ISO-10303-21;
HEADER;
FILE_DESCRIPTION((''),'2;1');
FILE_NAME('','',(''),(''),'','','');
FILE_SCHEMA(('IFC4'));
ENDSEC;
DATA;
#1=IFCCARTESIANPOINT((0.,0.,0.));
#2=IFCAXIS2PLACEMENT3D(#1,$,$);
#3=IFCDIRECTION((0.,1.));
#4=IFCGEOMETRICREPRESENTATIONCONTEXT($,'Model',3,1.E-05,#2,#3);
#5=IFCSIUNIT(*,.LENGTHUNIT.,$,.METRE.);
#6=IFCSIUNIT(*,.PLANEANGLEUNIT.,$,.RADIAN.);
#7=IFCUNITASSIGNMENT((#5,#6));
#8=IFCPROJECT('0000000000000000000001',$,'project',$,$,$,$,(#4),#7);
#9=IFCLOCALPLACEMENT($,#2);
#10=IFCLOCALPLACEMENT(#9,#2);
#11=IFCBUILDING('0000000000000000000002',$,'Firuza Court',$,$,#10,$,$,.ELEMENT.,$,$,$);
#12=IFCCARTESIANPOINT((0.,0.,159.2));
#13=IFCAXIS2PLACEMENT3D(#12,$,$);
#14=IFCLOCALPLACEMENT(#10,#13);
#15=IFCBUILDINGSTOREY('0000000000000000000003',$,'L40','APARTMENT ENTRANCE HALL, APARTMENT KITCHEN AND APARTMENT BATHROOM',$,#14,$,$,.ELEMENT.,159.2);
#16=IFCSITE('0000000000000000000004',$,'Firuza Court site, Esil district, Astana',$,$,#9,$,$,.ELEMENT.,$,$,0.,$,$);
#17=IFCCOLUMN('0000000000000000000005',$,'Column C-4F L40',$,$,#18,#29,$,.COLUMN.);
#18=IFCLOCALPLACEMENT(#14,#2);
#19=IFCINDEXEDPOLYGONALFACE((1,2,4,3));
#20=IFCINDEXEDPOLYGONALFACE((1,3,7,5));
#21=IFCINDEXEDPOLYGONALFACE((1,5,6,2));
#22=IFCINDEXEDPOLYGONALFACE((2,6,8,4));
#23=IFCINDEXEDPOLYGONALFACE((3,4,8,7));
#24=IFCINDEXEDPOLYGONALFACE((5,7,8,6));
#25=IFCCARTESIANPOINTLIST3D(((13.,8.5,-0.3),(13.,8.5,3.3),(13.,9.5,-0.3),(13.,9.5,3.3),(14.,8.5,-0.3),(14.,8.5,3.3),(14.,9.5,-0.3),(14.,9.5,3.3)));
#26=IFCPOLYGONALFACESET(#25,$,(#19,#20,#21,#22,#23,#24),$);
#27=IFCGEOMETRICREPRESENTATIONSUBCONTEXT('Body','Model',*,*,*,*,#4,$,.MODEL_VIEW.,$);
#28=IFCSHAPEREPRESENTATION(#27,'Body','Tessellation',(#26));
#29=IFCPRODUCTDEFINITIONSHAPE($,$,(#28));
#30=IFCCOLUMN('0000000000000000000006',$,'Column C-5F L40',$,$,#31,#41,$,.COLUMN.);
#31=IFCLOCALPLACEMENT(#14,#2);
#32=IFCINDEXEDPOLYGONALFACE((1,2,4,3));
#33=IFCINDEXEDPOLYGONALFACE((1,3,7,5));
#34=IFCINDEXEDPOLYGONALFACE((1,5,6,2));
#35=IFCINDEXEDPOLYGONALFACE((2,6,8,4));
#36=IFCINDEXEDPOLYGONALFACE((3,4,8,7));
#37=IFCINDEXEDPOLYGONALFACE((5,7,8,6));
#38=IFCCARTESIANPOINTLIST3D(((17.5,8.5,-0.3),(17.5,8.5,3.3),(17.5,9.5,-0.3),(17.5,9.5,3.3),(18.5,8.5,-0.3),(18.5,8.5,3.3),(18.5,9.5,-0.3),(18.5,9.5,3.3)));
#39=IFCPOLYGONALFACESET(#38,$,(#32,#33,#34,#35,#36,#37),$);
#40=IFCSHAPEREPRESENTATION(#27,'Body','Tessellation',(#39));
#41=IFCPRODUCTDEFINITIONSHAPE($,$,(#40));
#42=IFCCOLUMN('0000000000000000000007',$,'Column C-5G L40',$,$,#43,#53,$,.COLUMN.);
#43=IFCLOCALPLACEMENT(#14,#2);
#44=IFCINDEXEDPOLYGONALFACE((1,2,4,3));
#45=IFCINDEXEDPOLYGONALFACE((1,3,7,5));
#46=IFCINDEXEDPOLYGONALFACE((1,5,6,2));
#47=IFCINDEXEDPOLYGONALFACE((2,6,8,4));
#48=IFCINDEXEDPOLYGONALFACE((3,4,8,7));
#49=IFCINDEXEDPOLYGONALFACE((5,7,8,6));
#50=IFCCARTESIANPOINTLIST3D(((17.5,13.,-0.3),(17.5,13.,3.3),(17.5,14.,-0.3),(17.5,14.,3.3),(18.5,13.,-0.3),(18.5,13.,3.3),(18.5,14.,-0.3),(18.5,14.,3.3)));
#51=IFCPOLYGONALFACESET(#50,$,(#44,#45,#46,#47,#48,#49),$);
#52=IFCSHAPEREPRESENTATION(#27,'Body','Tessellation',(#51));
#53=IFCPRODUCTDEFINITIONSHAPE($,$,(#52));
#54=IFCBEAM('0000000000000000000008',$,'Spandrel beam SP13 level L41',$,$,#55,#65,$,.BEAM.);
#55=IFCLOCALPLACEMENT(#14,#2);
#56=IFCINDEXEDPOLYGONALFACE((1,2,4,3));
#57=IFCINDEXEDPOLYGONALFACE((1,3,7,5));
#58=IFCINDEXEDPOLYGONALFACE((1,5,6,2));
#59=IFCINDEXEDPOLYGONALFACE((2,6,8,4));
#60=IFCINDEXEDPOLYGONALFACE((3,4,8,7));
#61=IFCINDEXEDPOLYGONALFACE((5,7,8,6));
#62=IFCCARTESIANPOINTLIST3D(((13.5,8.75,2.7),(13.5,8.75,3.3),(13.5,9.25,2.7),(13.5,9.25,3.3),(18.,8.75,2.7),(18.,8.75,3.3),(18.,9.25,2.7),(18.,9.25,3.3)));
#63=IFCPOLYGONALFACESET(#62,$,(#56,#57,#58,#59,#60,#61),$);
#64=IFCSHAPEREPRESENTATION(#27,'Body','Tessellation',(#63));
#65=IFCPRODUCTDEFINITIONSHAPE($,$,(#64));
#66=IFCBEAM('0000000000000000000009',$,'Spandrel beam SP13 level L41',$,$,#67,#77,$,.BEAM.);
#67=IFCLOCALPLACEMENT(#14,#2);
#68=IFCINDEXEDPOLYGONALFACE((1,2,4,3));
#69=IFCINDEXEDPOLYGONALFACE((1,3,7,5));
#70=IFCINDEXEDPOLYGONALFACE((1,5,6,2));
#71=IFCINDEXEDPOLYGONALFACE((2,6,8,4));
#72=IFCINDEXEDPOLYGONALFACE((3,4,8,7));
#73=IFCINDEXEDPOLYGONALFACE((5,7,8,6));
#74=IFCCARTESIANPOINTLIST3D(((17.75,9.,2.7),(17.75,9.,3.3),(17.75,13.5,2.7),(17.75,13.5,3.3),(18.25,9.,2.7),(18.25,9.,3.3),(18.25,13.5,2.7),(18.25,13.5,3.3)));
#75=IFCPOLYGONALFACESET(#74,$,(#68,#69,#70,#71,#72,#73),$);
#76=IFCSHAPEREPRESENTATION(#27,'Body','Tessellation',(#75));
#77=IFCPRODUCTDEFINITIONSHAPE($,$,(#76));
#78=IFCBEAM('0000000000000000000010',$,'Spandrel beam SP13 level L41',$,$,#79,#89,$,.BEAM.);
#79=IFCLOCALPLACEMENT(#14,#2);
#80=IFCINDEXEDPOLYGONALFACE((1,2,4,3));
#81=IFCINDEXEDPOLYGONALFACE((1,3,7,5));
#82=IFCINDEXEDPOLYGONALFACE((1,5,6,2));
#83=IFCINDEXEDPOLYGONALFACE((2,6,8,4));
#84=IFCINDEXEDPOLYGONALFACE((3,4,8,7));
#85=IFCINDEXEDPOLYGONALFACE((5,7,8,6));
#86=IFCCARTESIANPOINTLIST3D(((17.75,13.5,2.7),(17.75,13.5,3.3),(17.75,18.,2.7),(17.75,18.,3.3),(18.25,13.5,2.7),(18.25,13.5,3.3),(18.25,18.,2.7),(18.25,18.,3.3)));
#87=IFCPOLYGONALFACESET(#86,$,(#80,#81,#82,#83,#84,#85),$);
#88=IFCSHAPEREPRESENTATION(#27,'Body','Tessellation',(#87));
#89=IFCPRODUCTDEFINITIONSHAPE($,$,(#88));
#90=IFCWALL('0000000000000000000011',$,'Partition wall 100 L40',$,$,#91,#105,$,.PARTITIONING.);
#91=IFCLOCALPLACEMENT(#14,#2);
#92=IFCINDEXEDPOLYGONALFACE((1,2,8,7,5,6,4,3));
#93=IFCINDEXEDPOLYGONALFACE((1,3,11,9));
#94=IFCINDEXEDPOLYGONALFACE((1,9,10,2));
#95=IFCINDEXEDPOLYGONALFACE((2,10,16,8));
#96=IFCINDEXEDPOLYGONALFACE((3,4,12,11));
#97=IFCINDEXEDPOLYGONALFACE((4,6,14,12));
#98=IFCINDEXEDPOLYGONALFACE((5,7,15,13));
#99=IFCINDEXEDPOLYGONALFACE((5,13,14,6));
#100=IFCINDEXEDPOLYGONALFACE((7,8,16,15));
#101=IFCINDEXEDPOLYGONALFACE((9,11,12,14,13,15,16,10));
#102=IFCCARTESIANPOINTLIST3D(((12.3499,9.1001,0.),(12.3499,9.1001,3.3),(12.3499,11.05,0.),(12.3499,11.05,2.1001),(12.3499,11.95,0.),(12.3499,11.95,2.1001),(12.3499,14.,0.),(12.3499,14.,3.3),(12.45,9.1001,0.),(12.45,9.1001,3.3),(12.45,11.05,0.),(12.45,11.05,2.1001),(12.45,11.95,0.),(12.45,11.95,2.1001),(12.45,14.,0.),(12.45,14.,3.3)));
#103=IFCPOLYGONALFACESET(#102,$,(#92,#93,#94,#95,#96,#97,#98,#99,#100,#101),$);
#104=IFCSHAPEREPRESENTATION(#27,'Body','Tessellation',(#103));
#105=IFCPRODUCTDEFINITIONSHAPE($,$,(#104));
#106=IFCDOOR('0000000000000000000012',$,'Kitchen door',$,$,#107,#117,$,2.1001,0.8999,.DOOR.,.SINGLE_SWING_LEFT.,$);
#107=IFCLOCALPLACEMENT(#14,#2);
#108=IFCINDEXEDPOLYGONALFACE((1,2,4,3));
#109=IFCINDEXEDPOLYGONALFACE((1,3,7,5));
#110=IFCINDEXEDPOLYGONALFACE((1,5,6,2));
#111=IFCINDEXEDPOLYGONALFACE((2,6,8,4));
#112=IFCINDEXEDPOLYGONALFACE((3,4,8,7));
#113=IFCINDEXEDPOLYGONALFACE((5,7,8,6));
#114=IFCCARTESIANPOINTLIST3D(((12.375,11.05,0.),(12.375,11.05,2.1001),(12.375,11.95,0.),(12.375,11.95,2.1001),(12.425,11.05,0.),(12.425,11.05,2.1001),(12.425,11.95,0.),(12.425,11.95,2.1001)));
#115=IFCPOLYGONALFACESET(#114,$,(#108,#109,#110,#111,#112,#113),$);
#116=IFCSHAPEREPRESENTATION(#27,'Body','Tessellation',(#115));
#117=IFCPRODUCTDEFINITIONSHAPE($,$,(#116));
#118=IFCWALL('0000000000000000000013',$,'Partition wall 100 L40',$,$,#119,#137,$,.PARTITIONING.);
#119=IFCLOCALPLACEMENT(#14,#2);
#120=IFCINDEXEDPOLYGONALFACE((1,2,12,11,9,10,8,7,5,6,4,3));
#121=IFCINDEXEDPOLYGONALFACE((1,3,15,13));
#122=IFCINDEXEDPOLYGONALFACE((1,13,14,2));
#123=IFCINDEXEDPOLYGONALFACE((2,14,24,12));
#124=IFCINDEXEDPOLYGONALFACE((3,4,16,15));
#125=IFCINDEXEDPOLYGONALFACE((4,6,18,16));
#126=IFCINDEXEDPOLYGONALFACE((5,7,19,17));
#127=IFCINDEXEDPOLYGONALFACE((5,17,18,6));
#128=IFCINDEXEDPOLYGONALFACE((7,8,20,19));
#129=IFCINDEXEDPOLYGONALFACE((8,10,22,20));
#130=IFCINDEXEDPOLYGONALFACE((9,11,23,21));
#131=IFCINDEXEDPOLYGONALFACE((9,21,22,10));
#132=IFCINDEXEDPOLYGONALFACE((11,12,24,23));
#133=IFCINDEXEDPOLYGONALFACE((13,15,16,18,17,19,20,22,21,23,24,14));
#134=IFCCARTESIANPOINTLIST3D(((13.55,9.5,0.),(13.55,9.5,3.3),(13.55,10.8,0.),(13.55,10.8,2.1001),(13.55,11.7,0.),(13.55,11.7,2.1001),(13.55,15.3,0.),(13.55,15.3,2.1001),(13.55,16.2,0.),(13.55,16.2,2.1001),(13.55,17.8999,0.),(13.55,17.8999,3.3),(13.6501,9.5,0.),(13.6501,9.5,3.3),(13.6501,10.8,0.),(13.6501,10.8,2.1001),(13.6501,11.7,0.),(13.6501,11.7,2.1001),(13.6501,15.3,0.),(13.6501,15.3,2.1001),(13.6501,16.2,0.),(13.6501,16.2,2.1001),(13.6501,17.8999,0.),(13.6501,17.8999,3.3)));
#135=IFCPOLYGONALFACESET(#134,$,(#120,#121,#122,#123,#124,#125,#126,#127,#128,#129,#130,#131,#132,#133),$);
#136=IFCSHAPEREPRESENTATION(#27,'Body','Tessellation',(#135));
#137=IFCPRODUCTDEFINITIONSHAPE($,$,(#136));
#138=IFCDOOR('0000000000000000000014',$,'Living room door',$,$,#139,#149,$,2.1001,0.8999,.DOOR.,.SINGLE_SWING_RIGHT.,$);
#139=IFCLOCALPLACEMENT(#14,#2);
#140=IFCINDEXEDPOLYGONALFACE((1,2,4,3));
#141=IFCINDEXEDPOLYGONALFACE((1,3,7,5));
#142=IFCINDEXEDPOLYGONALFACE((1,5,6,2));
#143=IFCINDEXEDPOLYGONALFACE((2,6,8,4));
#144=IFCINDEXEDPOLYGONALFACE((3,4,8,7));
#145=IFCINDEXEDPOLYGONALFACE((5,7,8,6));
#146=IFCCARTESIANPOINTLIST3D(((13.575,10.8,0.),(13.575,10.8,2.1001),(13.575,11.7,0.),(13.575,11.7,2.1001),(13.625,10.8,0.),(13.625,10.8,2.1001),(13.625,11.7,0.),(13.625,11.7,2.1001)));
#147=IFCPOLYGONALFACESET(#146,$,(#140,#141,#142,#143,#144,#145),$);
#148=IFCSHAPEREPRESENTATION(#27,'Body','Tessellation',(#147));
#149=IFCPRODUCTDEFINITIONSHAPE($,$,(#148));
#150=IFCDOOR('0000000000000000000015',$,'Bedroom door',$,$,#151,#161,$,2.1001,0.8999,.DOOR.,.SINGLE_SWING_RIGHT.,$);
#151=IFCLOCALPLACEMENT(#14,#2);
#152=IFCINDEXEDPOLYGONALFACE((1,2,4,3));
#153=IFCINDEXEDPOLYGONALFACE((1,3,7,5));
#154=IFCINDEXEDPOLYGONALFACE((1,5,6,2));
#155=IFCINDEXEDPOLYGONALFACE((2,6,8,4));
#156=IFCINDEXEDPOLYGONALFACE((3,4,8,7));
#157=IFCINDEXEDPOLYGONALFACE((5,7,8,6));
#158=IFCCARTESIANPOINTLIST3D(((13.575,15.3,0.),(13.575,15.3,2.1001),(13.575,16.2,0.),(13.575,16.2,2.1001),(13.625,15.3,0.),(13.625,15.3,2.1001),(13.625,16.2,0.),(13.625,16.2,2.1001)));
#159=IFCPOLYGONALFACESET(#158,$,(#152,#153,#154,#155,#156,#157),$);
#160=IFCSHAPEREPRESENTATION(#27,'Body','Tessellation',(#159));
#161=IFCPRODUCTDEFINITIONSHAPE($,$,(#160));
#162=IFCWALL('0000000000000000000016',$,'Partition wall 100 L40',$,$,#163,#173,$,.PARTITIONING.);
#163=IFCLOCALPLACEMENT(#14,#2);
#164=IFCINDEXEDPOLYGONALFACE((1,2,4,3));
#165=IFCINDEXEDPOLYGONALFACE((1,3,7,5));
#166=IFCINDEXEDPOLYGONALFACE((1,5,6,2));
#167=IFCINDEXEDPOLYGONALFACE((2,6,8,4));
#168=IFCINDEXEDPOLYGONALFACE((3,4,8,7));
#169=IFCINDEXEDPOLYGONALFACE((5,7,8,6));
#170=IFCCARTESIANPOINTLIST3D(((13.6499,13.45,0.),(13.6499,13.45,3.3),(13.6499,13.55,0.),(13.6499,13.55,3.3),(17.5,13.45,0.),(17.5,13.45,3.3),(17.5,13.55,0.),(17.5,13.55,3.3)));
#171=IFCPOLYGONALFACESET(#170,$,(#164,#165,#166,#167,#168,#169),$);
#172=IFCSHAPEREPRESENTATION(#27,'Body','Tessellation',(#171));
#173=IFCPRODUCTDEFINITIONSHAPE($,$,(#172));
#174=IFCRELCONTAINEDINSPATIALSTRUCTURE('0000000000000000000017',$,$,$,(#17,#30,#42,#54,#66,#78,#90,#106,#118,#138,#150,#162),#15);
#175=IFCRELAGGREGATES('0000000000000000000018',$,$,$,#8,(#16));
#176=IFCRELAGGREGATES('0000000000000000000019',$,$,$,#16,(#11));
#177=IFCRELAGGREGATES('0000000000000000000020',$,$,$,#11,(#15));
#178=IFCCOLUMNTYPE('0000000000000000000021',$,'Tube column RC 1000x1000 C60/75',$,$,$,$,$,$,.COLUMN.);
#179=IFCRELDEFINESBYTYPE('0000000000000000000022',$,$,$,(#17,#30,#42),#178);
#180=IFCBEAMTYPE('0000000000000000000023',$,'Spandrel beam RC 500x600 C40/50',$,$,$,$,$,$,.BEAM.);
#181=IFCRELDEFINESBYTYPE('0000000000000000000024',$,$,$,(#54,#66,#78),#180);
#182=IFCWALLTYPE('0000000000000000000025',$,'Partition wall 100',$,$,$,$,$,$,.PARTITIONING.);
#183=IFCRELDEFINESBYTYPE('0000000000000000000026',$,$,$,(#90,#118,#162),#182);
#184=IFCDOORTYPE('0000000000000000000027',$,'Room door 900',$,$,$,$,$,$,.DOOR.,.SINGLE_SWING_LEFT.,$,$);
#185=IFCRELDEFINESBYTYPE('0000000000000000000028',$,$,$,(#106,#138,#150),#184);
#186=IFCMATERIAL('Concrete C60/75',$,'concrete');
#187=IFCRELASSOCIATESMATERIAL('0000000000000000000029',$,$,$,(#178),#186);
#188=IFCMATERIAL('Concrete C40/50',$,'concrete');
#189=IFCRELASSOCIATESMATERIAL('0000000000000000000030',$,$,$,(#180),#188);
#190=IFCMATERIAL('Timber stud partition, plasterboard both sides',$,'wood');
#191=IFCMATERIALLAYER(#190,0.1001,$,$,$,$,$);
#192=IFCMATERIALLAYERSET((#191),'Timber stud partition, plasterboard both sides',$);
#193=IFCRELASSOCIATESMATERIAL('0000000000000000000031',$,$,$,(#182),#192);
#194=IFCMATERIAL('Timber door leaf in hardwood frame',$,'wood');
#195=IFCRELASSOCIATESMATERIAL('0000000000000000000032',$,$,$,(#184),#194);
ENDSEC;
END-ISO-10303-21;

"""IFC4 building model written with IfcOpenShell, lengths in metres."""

from ifc_helpers import new_model, si_unit, direction, frame, frame_2d, origin, origin_2d, place, context, subcontext, project, spatial, rectangle, extrude, material, layer, layer_set, material_profile, profile_set, type_object, element, fill, save


model = new_model("IFC4")

# Units and contexts
model_context = context("Model", 3, precision=1e-05, world=origin(), true_north=direction((0.0, 1.0)))
body_context = subcontext(model_context, "Body", "Model", "MODEL_VIEW")
ifc_project = project(units=[si_unit("LENGTHUNIT", "METRE"), si_unit("PLANEANGLEUNIT", "RADIAN")], contexts=[model_context])

# Site, building, storey
site_placement = place(None, origin())
site = spatial("IfcSite", under=ifc_project, at=site_placement, Name="Firuza Court site, Esil district, Astana", CompositionType="ELEMENT", RefElevation=0.0)
building_placement = place(site_placement, origin())
building = spatial("IfcBuilding", under=site, at=building_placement, Name="Firuza Court", CompositionType="ELEMENT")
storey_placement = place(building_placement, frame((0.0, 0.0, 159.2)))
storey = spatial("IfcBuildingStorey", under=building, at=storey_placement, Name="L40", Description="APARTMENT ENTRANCE HALL, APARTMENT KITCHEN AND APARTMENT BATHROOM", CompositionType="ELEMENT", Elevation=159.2)

# Columns
ifc_material_1 = material(Name="Concrete C60/75", Category="concrete")
ifc_material_profile_1 = material_profile(ifc_material_1, rectangle(XDim=1.0, YDim=1.0, at=origin_2d()), Name="RC 1000x1000")
ifc_profile_set_1 = profile_set([ifc_material_profile_1], Name="Concrete C60/75")
column_type = type_object("IfcColumnType", Name="Tube column RC 1000x1000 C60/75", PredefinedType="COLUMN", material=ifc_profile_set_1)
for number, where, z_axis, x_axis, name in (
    (1, (13.5, 9.0, -0.3), (0.0, 0.0, 1.0), (1.0, 0.0, 0.0), "Column C-4F L40"),
    (2, (18.0, 9.0, -0.3), (0.0, 0.0, 1.0), (1.0, 0.0, 0.0), "Column C-5F L40"),
    (3, (18.0, 13.5, -0.3), (0.0, 0.0, 1.0), (1.0, 0.0, 0.0), "Column C-5G L40"),
):
    element("IfcColumn", number, at=place(storey_placement, frame(where, z_axis=z_axis, x_axis=x_axis)), inside=storey, type_object=column_type, Name=name, PredefinedType="COLUMN", context=body_context, shape_type="SweptSolid", body=[
        extrude(rectangle(XDim=1.0, YDim=1.0, at=origin_2d()), origin(), (0.0, 0.0, 1.0), 3.6001),
    ])

# Beams
ifc_material_2 = material(Name="Concrete C40/50", Category="concrete")
ifc_material_profile_2 = material_profile(ifc_material_2, rectangle(XDim=0.5, YDim=0.6001, at=origin_2d()), Name="RC 500x600")
ifc_profile_set_2 = profile_set([ifc_material_profile_2], Name="Concrete C40/50")
beam_type = type_object("IfcBeamType", Name="Spandrel beam RC 500x600 C40/50", PredefinedType="BEAM", material=ifc_profile_set_2)
for number, where, z_axis, x_axis, name in (
    (4, (13.5, 9.0, 3.0), (1.0, 0.0, 0.0), (0.0, 1.0, 0.0), "Spandrel beam SP13 level L41"),
    (5, (18.0, 9.0, 3.0), (0.0, 1.0, 0.0), (-1.0, 0.0, 0.0), "Spandrel beam SP13 level L41"),
    (6, (18.0, 13.5, 3.0), (0.0, 1.0, 0.0), (-1.0, 0.0, 0.0), "Spandrel beam SP13 level L41"),
):
    element("IfcBeam", number, at=place(storey_placement, frame(where, z_axis=z_axis, x_axis=x_axis)), inside=storey, type_object=beam_type, Name=name, PredefinedType="BEAM", context=body_context, shape_type="SweptSolid", body=[
        extrude(rectangle(XDim=0.5, YDim=0.6001, at=origin_2d()), origin(), (0.0, 0.0, 1.0), 4.5),
    ])

# Wall, opening, door
ifc_material_3 = material(Name="Timber stud partition, plasterboard both sides", Category="wood")
ifc_layer_1 = layer(ifc_material_3, 0.1001)
ifc_layer_set_1 = layer_set([ifc_layer_1], Name="Timber stud partition, plasterboard both sides")
wall_type_1 = type_object("IfcWallType", Name="Partition wall 100", PredefinedType="PARTITIONING", material=ifc_layer_set_1)
wall_1_placement = place(storey_placement, frame((12.3999, 9.1001, 0.0), z_axis=(0.0, 0.0, 1.0), x_axis=(0.0, 1.0, 0.0)))
wall_1 = element("IfcWall", 7, at=wall_1_placement, inside=storey, type_object=wall_type_1, Name="Partition wall 100 L40", PredefinedType="PARTITIONING", context=body_context, shape_type="SweptSolid", body=[
    extrude(rectangle(XDim=4.8999, YDim=0.1001, at=frame_2d((2.45, 0.0))), origin(), (0.0, 0.0, 1.0), 3.3),
])
opening_1_placement = place(wall_1_placement, frame((1.95, 0.0, 0.0)))
opening_1 = element("IfcOpeningElement", 8, at=opening_1_placement, cuts=wall_1, PredefinedType="OPENING", context=body_context, shape_type="SweptSolid", body=[
    extrude(rectangle(XDim=0.8999, YDim=2.1001, at=frame_2d((0.45, 1.05))), frame((0.0, 0.062, 0.0), z_axis=(0.0, -1.0, 0.0), x_axis=(1.0, 0.0, 0.0)), (0.0, 0.0, 1.0), 0.124),
])
ifc_material_4 = material(Name="Timber door leaf in hardwood frame", Category="wood")
door_type_1 = type_object("IfcDoorType", Name="Room door 900", OperationType="SINGLE_SWING_LEFT", PredefinedType="DOOR", material=ifc_material_4)
door_1_placement = place(opening_1_placement, origin())
door_1 = element("IfcDoor", 9, at=door_1_placement, inside=storey, type_object=door_type_1, Name="Kitchen door", OperationType="SINGLE_SWING_LEFT", OverallHeight=2.1001, OverallWidth=0.8999, PredefinedType="DOOR", context=body_context, shape_type="SweptSolid", body=[
    extrude(rectangle(XDim=0.8999, YDim=2.1001, at=frame_2d((0.45, 1.05))), frame((0.0, 0.0249, 0.0), z_axis=(0.0, -1.0, 0.0), x_axis=(1.0, 0.0, 0.0)), (0.0, 0.0, 1.0), 0.05),
])
fill(opening_1, door_1)

# Wall, openings, doors
wall_2_placement = place(storey_placement, frame((13.6001, 9.5, 0.0), z_axis=(0.0, 0.0, 1.0), x_axis=(0.0, 1.0, 0.0)))
wall_2 = element("IfcWall", 10, at=wall_2_placement, inside=storey, type_object=wall_type_1, Name="Partition wall 100 L40", PredefinedType="PARTITIONING", context=body_context, shape_type="SweptSolid", body=[
    extrude(rectangle(XDim=8.3999, YDim=0.1001, at=frame_2d((4.2, 0.0))), origin(), (0.0, 0.0, 1.0), 3.3),
])
opening_2_placement = place(wall_2_placement, frame((1.3, 0.0, 0.0)))
opening_2 = element("IfcOpeningElement", 11, at=opening_2_placement, cuts=wall_2, PredefinedType="OPENING", context=body_context, shape_type="SweptSolid", body=[
    extrude(rectangle(XDim=0.8999, YDim=2.1001, at=frame_2d((0.45, 1.05))), frame((0.0, 0.062, 0.0), z_axis=(0.0, -1.0, 0.0), x_axis=(1.0, 0.0, 0.0)), (0.0, 0.0, 1.0), 0.124),
])
opening_3_placement = place(wall_2_placement, frame((5.8, 0.0, 0.0)))
opening_3 = element("IfcOpeningElement", 12, at=opening_3_placement, cuts=wall_2, PredefinedType="OPENING", context=body_context, shape_type="SweptSolid", body=[
    extrude(rectangle(XDim=0.8999, YDim=2.1001, at=frame_2d((0.45, 1.05))), frame((0.0, 0.062, 0.0), z_axis=(0.0, -1.0, 0.0), x_axis=(1.0, 0.0, 0.0)), (0.0, 0.0, 1.0), 0.124),
])
door_2_placement = place(opening_2_placement, frame((0.8999, 0.0, 0.0), z_axis=(0.0, 0.0, 1.0), x_axis=(-1.0, 0.0, 0.0)))
door_2 = element("IfcDoor", 13, at=door_2_placement, inside=storey, type_object=door_type_1, Name="Living room door", OperationType="SINGLE_SWING_RIGHT", OverallHeight=2.1001, OverallWidth=0.8999, PredefinedType="DOOR", context=body_context, shape_type="SweptSolid", body=[
    extrude(rectangle(XDim=0.8999, YDim=2.1001, at=frame_2d((0.45, 1.05))), frame((0.0, 0.0249, 0.0), z_axis=(0.0, -1.0, 0.0), x_axis=(1.0, 0.0, 0.0)), (0.0, 0.0, 1.0), 0.05),
])
fill(opening_2, door_2)
door_3_placement = place(opening_3_placement, frame((0.8999, 0.0, 0.0), z_axis=(0.0, 0.0, 1.0), x_axis=(-1.0, 0.0, 0.0)))
door_3 = element("IfcDoor", 14, at=door_3_placement, inside=storey, type_object=door_type_1, Name="Bedroom door", OperationType="SINGLE_SWING_RIGHT", OverallHeight=2.1001, OverallWidth=0.8999, PredefinedType="DOOR", context=body_context, shape_type="SweptSolid", body=[
    extrude(rectangle(XDim=0.8999, YDim=2.1001, at=frame_2d((0.45, 1.05))), frame((0.0, 0.0249, 0.0), z_axis=(0.0, -1.0, 0.0), x_axis=(1.0, 0.0, 0.0)), (0.0, 0.0, 1.0), 0.05),
])
fill(opening_3, door_3)

# Wall
wall_3_placement = place(storey_placement, frame((13.6499, 13.5, 0.0), z_axis=(0.0, 0.0, 1.0), x_axis=(1.0, 0.0, 0.0)))
element("IfcWall", 15, at=wall_3_placement, inside=storey, type_object=wall_type_1, Name="Partition wall 100 L40", PredefinedType="PARTITIONING", context=body_context, shape_type="SweptSolid", body=[
    extrude(rectangle(XDim=3.8501, YDim=0.1001, at=frame_2d((1.925, 0.0))), origin(), (0.0, 0.0, 1.0), 3.3),
])

save(model, "model.ifc")
